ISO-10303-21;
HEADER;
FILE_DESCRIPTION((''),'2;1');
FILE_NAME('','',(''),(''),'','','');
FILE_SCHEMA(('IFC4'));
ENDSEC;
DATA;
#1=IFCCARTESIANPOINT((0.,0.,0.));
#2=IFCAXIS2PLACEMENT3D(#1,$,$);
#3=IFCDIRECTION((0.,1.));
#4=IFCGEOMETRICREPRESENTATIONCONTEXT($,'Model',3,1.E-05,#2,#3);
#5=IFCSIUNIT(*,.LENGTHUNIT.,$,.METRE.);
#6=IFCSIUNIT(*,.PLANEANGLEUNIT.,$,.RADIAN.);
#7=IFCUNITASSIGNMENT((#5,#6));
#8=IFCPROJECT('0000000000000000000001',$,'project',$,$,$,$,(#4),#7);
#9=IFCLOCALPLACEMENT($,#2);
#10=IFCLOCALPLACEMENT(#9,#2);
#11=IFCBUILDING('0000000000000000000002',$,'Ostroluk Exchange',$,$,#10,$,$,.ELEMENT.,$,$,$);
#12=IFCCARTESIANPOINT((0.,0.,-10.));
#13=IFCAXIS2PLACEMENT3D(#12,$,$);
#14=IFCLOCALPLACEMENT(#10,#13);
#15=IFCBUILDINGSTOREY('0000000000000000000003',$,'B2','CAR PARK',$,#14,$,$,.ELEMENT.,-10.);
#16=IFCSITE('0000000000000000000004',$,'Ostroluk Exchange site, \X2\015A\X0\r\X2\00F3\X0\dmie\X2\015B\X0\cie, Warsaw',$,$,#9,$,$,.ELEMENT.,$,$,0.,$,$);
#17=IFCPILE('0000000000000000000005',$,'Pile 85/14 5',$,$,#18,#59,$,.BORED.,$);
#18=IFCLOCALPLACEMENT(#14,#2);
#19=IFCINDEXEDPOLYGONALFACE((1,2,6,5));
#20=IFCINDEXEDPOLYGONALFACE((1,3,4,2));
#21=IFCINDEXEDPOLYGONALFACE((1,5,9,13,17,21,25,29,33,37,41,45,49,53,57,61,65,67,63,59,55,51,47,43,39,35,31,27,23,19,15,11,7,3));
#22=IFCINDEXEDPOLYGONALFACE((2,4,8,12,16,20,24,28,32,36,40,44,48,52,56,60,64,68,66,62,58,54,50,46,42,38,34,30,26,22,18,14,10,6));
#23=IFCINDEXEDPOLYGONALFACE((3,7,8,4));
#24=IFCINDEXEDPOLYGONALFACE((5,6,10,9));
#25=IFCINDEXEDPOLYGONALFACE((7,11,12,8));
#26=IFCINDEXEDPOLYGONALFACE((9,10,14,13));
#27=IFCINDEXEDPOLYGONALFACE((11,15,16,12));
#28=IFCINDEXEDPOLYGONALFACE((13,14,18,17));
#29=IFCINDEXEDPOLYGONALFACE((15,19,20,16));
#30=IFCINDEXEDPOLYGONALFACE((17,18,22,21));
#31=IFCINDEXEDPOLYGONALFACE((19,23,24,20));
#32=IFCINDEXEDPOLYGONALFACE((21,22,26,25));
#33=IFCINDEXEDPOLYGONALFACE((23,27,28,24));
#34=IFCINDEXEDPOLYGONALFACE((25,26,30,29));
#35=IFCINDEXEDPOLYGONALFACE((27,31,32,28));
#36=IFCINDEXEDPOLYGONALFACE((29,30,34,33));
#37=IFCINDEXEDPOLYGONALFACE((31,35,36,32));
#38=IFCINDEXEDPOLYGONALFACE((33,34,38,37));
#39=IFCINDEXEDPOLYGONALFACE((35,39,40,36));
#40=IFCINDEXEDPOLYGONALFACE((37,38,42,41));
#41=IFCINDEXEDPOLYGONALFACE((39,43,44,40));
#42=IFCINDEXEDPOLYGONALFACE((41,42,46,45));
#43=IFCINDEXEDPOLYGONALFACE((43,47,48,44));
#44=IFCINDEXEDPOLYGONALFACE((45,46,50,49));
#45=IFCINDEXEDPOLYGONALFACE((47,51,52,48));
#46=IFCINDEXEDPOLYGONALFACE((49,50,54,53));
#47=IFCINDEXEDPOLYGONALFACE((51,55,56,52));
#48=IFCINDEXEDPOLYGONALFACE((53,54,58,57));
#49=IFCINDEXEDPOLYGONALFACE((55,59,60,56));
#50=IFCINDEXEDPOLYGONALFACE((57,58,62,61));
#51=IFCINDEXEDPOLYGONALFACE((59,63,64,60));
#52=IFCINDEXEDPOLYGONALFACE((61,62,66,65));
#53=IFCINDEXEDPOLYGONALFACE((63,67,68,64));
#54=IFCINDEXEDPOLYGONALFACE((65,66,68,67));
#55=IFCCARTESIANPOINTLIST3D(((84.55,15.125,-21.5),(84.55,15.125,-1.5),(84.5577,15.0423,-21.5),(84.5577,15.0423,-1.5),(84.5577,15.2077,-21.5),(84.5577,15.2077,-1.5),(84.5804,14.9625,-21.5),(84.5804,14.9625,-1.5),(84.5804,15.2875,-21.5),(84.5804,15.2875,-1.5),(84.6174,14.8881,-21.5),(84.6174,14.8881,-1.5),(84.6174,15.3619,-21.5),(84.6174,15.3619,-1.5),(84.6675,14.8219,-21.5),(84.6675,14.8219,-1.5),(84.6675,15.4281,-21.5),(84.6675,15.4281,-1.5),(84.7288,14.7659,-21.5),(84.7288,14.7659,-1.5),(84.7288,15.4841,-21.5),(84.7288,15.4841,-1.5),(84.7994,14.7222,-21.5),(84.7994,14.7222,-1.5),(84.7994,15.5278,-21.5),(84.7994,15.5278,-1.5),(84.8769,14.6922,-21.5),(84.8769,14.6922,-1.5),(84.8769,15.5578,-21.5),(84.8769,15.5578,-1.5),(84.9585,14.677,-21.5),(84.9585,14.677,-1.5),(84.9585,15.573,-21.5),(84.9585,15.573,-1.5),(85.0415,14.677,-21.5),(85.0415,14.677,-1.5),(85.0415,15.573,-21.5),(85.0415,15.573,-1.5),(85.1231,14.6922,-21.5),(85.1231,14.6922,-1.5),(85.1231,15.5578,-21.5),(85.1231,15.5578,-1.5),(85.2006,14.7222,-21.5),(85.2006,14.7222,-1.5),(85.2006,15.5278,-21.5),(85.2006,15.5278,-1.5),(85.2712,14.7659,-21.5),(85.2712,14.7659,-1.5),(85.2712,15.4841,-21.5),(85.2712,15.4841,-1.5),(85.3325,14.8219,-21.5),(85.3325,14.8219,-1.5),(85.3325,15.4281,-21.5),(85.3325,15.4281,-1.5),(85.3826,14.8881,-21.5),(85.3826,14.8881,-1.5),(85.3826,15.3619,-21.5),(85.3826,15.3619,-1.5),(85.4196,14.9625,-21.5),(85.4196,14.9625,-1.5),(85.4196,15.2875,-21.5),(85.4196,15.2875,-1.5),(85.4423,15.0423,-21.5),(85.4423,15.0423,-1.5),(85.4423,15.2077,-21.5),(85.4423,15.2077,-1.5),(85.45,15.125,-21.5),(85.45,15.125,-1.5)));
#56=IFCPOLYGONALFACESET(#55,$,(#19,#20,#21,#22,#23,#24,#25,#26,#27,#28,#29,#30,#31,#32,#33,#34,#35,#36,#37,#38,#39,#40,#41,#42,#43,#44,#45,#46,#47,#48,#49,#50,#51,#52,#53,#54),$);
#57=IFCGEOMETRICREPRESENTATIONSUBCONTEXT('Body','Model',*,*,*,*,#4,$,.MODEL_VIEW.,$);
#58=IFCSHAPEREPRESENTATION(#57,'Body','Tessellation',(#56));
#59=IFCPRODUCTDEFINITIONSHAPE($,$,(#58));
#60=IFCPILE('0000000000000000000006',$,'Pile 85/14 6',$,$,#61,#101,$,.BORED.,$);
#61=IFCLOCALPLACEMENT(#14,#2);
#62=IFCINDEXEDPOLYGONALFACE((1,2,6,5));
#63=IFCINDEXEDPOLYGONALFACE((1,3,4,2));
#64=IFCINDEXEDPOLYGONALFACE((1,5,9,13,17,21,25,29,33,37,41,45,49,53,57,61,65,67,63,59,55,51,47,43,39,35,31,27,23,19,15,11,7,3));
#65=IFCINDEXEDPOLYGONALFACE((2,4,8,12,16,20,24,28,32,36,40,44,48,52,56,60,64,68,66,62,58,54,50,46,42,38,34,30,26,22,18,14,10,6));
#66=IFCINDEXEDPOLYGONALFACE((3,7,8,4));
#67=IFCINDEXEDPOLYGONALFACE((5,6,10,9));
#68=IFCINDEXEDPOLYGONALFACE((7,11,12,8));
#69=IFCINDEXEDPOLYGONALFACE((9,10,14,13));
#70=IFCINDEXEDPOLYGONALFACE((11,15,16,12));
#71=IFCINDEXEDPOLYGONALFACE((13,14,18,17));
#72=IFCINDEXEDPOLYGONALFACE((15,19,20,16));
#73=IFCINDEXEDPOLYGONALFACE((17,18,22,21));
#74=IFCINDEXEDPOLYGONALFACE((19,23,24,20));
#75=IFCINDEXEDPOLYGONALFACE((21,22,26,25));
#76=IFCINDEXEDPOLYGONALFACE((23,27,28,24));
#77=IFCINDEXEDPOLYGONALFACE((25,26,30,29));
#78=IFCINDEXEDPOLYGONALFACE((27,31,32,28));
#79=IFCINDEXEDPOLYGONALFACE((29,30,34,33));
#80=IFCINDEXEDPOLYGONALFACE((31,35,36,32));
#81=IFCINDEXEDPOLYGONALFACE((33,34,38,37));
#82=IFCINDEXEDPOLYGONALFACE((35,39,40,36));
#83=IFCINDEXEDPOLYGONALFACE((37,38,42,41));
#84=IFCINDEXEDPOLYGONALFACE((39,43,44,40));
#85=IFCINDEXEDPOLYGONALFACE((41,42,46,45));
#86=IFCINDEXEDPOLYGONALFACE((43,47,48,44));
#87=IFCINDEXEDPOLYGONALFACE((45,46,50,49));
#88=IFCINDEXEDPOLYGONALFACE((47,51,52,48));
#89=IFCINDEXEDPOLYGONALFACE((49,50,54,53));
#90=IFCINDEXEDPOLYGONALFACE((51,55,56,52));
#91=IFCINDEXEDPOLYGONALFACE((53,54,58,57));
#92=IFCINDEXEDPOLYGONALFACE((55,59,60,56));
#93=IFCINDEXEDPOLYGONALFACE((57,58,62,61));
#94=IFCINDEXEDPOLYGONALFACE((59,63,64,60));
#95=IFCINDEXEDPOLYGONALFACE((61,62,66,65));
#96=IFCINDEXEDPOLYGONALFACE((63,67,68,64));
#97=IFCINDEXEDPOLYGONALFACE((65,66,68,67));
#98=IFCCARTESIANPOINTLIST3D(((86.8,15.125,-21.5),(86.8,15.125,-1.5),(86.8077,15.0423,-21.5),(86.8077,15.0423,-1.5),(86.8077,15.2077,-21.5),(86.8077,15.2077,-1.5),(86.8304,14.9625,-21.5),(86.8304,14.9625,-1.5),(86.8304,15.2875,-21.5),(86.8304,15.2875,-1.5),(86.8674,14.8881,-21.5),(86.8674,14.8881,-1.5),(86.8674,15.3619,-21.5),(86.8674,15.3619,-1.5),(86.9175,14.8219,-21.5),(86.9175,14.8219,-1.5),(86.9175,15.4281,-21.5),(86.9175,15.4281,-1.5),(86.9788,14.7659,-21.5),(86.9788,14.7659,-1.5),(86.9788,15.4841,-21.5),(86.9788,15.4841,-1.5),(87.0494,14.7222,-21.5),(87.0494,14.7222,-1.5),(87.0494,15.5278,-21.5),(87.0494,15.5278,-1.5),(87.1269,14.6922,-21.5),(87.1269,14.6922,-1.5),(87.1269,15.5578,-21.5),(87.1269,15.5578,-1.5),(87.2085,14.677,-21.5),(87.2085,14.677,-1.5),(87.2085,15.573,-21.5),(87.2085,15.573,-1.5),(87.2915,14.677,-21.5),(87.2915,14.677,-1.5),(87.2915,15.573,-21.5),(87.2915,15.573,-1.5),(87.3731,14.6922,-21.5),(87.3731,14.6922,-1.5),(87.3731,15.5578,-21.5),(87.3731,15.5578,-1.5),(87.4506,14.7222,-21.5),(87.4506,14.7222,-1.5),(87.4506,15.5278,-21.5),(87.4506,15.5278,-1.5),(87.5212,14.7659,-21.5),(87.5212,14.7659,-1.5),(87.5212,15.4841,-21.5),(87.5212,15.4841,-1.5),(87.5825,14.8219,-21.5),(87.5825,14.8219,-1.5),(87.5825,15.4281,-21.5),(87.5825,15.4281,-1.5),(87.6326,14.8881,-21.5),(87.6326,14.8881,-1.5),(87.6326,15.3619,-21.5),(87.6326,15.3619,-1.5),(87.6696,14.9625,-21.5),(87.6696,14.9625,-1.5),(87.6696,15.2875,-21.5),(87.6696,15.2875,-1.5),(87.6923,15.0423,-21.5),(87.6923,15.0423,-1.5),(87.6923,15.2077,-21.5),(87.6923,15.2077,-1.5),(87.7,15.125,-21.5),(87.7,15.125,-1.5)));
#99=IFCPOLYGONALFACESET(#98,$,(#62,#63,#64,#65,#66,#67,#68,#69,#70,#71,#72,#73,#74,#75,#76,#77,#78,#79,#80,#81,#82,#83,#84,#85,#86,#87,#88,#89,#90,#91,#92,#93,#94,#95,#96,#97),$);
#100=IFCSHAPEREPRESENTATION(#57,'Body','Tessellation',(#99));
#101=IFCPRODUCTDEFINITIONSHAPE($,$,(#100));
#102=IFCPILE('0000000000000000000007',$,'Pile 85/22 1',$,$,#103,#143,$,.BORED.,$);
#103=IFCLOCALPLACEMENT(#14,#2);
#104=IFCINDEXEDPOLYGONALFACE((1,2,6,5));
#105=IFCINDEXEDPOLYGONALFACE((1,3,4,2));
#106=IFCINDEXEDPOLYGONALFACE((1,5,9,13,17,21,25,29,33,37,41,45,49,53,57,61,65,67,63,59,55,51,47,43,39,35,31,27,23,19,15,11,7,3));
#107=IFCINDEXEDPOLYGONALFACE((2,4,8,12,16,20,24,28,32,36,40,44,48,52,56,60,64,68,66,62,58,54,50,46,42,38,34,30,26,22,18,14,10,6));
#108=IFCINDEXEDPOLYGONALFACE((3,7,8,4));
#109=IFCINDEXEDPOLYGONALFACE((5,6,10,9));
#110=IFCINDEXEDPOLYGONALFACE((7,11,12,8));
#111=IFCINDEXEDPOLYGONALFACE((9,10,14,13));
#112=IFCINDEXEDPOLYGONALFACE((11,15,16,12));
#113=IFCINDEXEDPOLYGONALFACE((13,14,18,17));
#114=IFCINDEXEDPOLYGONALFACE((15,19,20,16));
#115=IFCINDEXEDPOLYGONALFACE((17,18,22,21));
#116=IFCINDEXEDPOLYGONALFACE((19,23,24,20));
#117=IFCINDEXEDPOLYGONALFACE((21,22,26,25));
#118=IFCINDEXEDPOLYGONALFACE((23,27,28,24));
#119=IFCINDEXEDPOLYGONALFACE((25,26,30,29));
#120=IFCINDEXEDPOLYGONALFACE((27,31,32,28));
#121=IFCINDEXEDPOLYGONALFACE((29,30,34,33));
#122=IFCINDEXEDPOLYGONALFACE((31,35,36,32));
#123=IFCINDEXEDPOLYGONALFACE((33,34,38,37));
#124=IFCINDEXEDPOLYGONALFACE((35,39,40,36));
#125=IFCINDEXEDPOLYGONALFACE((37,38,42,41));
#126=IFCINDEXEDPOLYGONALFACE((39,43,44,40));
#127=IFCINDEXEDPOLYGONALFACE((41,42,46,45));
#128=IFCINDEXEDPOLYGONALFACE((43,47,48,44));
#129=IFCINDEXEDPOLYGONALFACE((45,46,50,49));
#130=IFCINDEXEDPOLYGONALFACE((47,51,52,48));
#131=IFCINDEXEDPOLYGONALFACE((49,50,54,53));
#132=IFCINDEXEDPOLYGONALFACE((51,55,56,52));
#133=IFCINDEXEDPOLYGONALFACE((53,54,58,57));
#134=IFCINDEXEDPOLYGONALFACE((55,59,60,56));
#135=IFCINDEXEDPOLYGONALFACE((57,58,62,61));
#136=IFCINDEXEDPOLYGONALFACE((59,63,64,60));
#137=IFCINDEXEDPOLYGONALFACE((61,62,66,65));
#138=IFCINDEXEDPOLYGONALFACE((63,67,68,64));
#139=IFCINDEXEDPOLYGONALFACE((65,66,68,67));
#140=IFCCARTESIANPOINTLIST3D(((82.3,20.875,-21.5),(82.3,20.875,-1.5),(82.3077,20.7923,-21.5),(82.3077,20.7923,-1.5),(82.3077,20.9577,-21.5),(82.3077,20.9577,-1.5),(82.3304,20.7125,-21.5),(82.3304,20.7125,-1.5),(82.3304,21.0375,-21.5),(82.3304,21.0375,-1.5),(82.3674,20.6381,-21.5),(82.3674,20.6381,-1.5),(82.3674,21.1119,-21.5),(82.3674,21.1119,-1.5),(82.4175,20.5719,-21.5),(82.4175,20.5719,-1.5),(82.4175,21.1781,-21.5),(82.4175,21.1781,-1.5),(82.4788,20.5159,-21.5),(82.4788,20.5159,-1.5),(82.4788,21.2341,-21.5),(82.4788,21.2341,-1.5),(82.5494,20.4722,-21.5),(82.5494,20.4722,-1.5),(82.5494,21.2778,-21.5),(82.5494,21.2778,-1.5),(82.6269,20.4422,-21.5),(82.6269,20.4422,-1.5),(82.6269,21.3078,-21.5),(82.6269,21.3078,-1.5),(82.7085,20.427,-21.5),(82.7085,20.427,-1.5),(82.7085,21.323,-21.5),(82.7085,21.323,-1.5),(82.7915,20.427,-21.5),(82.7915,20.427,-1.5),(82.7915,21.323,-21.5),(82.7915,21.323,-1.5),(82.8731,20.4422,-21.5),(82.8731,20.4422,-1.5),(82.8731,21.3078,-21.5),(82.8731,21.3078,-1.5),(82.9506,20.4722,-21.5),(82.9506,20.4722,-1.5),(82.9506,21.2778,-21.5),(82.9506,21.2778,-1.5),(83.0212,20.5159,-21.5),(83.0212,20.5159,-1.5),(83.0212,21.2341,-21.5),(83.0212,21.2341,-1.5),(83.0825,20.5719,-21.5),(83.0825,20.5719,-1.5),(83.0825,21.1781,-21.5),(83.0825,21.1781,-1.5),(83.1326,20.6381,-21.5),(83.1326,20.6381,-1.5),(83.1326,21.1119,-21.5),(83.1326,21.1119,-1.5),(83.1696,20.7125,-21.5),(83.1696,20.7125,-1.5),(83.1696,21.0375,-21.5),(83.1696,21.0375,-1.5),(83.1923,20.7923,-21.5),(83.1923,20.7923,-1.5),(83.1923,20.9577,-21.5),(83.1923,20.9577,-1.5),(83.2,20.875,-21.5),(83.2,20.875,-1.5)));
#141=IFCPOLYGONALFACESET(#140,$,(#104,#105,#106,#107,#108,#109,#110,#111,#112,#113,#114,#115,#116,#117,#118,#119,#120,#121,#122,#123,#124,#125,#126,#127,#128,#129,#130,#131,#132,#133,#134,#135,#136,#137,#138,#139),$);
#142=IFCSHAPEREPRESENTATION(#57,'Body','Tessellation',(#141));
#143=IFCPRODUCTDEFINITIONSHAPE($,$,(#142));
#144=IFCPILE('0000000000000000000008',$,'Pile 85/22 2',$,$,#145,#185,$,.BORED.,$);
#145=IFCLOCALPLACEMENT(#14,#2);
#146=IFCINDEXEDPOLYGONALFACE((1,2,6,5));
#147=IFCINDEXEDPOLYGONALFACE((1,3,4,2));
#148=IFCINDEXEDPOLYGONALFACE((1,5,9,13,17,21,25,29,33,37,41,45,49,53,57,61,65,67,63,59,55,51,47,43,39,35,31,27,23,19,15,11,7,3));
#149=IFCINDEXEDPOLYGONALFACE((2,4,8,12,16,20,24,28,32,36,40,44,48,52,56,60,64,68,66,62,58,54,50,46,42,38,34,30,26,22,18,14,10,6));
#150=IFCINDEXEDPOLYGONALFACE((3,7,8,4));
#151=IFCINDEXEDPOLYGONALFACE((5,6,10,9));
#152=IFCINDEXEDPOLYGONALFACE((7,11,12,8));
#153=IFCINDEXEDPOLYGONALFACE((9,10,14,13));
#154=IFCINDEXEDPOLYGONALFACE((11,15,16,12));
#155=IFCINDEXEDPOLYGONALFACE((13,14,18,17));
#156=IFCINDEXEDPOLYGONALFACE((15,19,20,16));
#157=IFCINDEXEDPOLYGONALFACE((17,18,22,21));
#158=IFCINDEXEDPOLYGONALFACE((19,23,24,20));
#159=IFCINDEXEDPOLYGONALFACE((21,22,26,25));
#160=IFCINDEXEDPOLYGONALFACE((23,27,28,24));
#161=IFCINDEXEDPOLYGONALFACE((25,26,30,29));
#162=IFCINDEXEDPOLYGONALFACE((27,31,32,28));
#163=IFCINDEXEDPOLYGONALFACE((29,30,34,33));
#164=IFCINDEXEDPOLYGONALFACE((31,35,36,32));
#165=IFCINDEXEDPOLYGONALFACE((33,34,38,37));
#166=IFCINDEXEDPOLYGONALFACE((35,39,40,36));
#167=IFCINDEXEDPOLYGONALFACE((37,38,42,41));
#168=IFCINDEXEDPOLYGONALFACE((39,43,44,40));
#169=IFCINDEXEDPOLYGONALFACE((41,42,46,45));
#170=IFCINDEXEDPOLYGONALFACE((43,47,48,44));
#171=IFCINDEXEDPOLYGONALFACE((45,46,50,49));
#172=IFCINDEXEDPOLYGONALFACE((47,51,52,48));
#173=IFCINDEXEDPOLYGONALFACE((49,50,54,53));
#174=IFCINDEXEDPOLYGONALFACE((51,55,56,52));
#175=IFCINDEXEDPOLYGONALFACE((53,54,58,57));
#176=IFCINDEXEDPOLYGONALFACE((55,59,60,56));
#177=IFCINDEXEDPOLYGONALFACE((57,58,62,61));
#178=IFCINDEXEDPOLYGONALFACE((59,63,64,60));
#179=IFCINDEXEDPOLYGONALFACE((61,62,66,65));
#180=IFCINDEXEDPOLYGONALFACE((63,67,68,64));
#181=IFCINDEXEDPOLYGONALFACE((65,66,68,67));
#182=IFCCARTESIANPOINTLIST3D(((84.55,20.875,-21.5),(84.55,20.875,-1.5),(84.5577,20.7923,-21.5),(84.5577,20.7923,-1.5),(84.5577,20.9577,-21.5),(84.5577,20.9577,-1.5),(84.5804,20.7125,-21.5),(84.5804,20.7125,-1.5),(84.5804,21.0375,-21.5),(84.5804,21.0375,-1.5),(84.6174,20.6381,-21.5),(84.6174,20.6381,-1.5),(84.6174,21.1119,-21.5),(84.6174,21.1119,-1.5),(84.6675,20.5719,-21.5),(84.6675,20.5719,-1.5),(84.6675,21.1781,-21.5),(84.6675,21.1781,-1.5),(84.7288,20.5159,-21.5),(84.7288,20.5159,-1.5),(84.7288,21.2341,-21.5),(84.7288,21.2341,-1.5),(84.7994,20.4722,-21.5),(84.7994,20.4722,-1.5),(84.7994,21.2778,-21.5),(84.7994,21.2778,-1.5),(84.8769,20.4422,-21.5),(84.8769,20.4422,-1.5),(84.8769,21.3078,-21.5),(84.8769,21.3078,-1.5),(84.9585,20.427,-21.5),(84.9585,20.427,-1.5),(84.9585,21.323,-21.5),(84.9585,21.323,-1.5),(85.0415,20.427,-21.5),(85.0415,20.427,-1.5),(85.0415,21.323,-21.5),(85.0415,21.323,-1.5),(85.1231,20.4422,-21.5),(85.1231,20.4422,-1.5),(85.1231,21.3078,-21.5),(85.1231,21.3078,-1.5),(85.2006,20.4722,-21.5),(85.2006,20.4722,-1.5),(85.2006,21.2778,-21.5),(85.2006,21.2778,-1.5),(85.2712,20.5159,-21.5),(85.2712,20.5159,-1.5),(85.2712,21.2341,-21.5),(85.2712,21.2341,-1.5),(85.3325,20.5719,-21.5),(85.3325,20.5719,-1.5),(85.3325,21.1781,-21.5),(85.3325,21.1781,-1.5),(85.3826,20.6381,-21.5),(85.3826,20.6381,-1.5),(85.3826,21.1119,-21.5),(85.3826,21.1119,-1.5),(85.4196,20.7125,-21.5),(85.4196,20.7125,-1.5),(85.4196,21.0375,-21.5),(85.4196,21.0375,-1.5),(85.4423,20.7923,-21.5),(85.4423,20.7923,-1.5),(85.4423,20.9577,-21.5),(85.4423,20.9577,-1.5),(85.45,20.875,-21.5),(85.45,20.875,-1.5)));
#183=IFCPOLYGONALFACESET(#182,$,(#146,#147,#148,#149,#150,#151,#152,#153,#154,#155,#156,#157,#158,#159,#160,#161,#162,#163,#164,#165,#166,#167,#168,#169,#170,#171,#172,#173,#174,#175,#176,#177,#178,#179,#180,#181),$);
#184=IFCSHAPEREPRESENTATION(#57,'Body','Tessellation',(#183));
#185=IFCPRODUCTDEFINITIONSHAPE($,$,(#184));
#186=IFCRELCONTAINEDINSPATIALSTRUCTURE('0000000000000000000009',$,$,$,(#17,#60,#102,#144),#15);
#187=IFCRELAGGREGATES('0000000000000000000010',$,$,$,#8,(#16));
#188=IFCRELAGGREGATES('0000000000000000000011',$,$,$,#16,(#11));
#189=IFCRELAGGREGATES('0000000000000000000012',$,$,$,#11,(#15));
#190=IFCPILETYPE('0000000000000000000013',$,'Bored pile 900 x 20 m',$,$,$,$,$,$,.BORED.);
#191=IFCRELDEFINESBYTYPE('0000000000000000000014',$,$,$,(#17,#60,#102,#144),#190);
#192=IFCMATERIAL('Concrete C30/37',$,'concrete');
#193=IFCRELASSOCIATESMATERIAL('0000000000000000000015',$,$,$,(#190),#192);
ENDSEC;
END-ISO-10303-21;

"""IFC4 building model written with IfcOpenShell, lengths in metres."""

from ifc_helpers import new_model, si_unit, direction, frame, origin, origin_2d, place, context, subcontext, project, spatial, circle, extrude, material, type_object, element, save


model = new_model("IFC4")

# Units and contexts
model_context = context("Model", 3, precision=1e-05, world=origin(), true_north=direction((0.0, 1.0)))
body_context = subcontext(model_context, "Body", "Model", "MODEL_VIEW")
ifc_project = project(units=[si_unit("LENGTHUNIT", "METRE"), si_unit("PLANEANGLEUNIT", "RADIAN")], contexts=[model_context])

# Site, building, storey
site_placement = place(None, origin())
site = spatial("IfcSite", under=ifc_project, at=site_placement, Name="Ostroluk Exchange site, Śródmieście, Warsaw", CompositionType="ELEMENT", RefElevation=0.0)
building_placement = place(site_placement, origin())
building = spatial("IfcBuilding", under=site, at=building_placement, Name="Ostroluk Exchange", CompositionType="ELEMENT")
storey_placement = place(building_placement, frame((0.0, 0.0, -10.0)))
storey = spatial("IfcBuildingStorey", under=building, at=storey_placement, Name="B2", Description="CAR PARK", CompositionType="ELEMENT", Elevation=-10.0)

# Piles
ifc_material_1 = material(Name="Concrete C30/37", Category="concrete")
pile_type = type_object("IfcPileType", Name="Bored pile 900 x 20 m", PredefinedType="BORED", material=ifc_material_1)
for number, where, z_axis, x_axis, name in (
    (1, (85.0, 15.125, -1.5), (0.0, 0.0, -1.0), (1.0, 0.0, 0.0), "Pile 85/14 5"),
    (2, (87.25, 15.125, -1.5), (0.0, 0.0, -1.0), (1.0, 0.0, 0.0), "Pile 85/14 6"),
    (3, (82.75, 20.875, -1.5), (0.0, 0.0, -1.0), (1.0, 0.0, 0.0), "Pile 85/22 1"),
    (4, (85.0, 20.875, -1.5), (0.0, 0.0, -1.0), (1.0, 0.0, 0.0), "Pile 85/22 2"),
):
    element("IfcPile", number, at=place(storey_placement, frame(where, z_axis=z_axis, x_axis=x_axis)), inside=storey, type_object=pile_type, Name=name, PredefinedType="BORED", context=body_context, shape_type="SweptSolid", body=[
        extrude(circle(Radius=0.45, at=origin_2d()), origin(), (0.0, 0.0, 1.0), 20.0),
    ])

save(model, "model.ifc")
